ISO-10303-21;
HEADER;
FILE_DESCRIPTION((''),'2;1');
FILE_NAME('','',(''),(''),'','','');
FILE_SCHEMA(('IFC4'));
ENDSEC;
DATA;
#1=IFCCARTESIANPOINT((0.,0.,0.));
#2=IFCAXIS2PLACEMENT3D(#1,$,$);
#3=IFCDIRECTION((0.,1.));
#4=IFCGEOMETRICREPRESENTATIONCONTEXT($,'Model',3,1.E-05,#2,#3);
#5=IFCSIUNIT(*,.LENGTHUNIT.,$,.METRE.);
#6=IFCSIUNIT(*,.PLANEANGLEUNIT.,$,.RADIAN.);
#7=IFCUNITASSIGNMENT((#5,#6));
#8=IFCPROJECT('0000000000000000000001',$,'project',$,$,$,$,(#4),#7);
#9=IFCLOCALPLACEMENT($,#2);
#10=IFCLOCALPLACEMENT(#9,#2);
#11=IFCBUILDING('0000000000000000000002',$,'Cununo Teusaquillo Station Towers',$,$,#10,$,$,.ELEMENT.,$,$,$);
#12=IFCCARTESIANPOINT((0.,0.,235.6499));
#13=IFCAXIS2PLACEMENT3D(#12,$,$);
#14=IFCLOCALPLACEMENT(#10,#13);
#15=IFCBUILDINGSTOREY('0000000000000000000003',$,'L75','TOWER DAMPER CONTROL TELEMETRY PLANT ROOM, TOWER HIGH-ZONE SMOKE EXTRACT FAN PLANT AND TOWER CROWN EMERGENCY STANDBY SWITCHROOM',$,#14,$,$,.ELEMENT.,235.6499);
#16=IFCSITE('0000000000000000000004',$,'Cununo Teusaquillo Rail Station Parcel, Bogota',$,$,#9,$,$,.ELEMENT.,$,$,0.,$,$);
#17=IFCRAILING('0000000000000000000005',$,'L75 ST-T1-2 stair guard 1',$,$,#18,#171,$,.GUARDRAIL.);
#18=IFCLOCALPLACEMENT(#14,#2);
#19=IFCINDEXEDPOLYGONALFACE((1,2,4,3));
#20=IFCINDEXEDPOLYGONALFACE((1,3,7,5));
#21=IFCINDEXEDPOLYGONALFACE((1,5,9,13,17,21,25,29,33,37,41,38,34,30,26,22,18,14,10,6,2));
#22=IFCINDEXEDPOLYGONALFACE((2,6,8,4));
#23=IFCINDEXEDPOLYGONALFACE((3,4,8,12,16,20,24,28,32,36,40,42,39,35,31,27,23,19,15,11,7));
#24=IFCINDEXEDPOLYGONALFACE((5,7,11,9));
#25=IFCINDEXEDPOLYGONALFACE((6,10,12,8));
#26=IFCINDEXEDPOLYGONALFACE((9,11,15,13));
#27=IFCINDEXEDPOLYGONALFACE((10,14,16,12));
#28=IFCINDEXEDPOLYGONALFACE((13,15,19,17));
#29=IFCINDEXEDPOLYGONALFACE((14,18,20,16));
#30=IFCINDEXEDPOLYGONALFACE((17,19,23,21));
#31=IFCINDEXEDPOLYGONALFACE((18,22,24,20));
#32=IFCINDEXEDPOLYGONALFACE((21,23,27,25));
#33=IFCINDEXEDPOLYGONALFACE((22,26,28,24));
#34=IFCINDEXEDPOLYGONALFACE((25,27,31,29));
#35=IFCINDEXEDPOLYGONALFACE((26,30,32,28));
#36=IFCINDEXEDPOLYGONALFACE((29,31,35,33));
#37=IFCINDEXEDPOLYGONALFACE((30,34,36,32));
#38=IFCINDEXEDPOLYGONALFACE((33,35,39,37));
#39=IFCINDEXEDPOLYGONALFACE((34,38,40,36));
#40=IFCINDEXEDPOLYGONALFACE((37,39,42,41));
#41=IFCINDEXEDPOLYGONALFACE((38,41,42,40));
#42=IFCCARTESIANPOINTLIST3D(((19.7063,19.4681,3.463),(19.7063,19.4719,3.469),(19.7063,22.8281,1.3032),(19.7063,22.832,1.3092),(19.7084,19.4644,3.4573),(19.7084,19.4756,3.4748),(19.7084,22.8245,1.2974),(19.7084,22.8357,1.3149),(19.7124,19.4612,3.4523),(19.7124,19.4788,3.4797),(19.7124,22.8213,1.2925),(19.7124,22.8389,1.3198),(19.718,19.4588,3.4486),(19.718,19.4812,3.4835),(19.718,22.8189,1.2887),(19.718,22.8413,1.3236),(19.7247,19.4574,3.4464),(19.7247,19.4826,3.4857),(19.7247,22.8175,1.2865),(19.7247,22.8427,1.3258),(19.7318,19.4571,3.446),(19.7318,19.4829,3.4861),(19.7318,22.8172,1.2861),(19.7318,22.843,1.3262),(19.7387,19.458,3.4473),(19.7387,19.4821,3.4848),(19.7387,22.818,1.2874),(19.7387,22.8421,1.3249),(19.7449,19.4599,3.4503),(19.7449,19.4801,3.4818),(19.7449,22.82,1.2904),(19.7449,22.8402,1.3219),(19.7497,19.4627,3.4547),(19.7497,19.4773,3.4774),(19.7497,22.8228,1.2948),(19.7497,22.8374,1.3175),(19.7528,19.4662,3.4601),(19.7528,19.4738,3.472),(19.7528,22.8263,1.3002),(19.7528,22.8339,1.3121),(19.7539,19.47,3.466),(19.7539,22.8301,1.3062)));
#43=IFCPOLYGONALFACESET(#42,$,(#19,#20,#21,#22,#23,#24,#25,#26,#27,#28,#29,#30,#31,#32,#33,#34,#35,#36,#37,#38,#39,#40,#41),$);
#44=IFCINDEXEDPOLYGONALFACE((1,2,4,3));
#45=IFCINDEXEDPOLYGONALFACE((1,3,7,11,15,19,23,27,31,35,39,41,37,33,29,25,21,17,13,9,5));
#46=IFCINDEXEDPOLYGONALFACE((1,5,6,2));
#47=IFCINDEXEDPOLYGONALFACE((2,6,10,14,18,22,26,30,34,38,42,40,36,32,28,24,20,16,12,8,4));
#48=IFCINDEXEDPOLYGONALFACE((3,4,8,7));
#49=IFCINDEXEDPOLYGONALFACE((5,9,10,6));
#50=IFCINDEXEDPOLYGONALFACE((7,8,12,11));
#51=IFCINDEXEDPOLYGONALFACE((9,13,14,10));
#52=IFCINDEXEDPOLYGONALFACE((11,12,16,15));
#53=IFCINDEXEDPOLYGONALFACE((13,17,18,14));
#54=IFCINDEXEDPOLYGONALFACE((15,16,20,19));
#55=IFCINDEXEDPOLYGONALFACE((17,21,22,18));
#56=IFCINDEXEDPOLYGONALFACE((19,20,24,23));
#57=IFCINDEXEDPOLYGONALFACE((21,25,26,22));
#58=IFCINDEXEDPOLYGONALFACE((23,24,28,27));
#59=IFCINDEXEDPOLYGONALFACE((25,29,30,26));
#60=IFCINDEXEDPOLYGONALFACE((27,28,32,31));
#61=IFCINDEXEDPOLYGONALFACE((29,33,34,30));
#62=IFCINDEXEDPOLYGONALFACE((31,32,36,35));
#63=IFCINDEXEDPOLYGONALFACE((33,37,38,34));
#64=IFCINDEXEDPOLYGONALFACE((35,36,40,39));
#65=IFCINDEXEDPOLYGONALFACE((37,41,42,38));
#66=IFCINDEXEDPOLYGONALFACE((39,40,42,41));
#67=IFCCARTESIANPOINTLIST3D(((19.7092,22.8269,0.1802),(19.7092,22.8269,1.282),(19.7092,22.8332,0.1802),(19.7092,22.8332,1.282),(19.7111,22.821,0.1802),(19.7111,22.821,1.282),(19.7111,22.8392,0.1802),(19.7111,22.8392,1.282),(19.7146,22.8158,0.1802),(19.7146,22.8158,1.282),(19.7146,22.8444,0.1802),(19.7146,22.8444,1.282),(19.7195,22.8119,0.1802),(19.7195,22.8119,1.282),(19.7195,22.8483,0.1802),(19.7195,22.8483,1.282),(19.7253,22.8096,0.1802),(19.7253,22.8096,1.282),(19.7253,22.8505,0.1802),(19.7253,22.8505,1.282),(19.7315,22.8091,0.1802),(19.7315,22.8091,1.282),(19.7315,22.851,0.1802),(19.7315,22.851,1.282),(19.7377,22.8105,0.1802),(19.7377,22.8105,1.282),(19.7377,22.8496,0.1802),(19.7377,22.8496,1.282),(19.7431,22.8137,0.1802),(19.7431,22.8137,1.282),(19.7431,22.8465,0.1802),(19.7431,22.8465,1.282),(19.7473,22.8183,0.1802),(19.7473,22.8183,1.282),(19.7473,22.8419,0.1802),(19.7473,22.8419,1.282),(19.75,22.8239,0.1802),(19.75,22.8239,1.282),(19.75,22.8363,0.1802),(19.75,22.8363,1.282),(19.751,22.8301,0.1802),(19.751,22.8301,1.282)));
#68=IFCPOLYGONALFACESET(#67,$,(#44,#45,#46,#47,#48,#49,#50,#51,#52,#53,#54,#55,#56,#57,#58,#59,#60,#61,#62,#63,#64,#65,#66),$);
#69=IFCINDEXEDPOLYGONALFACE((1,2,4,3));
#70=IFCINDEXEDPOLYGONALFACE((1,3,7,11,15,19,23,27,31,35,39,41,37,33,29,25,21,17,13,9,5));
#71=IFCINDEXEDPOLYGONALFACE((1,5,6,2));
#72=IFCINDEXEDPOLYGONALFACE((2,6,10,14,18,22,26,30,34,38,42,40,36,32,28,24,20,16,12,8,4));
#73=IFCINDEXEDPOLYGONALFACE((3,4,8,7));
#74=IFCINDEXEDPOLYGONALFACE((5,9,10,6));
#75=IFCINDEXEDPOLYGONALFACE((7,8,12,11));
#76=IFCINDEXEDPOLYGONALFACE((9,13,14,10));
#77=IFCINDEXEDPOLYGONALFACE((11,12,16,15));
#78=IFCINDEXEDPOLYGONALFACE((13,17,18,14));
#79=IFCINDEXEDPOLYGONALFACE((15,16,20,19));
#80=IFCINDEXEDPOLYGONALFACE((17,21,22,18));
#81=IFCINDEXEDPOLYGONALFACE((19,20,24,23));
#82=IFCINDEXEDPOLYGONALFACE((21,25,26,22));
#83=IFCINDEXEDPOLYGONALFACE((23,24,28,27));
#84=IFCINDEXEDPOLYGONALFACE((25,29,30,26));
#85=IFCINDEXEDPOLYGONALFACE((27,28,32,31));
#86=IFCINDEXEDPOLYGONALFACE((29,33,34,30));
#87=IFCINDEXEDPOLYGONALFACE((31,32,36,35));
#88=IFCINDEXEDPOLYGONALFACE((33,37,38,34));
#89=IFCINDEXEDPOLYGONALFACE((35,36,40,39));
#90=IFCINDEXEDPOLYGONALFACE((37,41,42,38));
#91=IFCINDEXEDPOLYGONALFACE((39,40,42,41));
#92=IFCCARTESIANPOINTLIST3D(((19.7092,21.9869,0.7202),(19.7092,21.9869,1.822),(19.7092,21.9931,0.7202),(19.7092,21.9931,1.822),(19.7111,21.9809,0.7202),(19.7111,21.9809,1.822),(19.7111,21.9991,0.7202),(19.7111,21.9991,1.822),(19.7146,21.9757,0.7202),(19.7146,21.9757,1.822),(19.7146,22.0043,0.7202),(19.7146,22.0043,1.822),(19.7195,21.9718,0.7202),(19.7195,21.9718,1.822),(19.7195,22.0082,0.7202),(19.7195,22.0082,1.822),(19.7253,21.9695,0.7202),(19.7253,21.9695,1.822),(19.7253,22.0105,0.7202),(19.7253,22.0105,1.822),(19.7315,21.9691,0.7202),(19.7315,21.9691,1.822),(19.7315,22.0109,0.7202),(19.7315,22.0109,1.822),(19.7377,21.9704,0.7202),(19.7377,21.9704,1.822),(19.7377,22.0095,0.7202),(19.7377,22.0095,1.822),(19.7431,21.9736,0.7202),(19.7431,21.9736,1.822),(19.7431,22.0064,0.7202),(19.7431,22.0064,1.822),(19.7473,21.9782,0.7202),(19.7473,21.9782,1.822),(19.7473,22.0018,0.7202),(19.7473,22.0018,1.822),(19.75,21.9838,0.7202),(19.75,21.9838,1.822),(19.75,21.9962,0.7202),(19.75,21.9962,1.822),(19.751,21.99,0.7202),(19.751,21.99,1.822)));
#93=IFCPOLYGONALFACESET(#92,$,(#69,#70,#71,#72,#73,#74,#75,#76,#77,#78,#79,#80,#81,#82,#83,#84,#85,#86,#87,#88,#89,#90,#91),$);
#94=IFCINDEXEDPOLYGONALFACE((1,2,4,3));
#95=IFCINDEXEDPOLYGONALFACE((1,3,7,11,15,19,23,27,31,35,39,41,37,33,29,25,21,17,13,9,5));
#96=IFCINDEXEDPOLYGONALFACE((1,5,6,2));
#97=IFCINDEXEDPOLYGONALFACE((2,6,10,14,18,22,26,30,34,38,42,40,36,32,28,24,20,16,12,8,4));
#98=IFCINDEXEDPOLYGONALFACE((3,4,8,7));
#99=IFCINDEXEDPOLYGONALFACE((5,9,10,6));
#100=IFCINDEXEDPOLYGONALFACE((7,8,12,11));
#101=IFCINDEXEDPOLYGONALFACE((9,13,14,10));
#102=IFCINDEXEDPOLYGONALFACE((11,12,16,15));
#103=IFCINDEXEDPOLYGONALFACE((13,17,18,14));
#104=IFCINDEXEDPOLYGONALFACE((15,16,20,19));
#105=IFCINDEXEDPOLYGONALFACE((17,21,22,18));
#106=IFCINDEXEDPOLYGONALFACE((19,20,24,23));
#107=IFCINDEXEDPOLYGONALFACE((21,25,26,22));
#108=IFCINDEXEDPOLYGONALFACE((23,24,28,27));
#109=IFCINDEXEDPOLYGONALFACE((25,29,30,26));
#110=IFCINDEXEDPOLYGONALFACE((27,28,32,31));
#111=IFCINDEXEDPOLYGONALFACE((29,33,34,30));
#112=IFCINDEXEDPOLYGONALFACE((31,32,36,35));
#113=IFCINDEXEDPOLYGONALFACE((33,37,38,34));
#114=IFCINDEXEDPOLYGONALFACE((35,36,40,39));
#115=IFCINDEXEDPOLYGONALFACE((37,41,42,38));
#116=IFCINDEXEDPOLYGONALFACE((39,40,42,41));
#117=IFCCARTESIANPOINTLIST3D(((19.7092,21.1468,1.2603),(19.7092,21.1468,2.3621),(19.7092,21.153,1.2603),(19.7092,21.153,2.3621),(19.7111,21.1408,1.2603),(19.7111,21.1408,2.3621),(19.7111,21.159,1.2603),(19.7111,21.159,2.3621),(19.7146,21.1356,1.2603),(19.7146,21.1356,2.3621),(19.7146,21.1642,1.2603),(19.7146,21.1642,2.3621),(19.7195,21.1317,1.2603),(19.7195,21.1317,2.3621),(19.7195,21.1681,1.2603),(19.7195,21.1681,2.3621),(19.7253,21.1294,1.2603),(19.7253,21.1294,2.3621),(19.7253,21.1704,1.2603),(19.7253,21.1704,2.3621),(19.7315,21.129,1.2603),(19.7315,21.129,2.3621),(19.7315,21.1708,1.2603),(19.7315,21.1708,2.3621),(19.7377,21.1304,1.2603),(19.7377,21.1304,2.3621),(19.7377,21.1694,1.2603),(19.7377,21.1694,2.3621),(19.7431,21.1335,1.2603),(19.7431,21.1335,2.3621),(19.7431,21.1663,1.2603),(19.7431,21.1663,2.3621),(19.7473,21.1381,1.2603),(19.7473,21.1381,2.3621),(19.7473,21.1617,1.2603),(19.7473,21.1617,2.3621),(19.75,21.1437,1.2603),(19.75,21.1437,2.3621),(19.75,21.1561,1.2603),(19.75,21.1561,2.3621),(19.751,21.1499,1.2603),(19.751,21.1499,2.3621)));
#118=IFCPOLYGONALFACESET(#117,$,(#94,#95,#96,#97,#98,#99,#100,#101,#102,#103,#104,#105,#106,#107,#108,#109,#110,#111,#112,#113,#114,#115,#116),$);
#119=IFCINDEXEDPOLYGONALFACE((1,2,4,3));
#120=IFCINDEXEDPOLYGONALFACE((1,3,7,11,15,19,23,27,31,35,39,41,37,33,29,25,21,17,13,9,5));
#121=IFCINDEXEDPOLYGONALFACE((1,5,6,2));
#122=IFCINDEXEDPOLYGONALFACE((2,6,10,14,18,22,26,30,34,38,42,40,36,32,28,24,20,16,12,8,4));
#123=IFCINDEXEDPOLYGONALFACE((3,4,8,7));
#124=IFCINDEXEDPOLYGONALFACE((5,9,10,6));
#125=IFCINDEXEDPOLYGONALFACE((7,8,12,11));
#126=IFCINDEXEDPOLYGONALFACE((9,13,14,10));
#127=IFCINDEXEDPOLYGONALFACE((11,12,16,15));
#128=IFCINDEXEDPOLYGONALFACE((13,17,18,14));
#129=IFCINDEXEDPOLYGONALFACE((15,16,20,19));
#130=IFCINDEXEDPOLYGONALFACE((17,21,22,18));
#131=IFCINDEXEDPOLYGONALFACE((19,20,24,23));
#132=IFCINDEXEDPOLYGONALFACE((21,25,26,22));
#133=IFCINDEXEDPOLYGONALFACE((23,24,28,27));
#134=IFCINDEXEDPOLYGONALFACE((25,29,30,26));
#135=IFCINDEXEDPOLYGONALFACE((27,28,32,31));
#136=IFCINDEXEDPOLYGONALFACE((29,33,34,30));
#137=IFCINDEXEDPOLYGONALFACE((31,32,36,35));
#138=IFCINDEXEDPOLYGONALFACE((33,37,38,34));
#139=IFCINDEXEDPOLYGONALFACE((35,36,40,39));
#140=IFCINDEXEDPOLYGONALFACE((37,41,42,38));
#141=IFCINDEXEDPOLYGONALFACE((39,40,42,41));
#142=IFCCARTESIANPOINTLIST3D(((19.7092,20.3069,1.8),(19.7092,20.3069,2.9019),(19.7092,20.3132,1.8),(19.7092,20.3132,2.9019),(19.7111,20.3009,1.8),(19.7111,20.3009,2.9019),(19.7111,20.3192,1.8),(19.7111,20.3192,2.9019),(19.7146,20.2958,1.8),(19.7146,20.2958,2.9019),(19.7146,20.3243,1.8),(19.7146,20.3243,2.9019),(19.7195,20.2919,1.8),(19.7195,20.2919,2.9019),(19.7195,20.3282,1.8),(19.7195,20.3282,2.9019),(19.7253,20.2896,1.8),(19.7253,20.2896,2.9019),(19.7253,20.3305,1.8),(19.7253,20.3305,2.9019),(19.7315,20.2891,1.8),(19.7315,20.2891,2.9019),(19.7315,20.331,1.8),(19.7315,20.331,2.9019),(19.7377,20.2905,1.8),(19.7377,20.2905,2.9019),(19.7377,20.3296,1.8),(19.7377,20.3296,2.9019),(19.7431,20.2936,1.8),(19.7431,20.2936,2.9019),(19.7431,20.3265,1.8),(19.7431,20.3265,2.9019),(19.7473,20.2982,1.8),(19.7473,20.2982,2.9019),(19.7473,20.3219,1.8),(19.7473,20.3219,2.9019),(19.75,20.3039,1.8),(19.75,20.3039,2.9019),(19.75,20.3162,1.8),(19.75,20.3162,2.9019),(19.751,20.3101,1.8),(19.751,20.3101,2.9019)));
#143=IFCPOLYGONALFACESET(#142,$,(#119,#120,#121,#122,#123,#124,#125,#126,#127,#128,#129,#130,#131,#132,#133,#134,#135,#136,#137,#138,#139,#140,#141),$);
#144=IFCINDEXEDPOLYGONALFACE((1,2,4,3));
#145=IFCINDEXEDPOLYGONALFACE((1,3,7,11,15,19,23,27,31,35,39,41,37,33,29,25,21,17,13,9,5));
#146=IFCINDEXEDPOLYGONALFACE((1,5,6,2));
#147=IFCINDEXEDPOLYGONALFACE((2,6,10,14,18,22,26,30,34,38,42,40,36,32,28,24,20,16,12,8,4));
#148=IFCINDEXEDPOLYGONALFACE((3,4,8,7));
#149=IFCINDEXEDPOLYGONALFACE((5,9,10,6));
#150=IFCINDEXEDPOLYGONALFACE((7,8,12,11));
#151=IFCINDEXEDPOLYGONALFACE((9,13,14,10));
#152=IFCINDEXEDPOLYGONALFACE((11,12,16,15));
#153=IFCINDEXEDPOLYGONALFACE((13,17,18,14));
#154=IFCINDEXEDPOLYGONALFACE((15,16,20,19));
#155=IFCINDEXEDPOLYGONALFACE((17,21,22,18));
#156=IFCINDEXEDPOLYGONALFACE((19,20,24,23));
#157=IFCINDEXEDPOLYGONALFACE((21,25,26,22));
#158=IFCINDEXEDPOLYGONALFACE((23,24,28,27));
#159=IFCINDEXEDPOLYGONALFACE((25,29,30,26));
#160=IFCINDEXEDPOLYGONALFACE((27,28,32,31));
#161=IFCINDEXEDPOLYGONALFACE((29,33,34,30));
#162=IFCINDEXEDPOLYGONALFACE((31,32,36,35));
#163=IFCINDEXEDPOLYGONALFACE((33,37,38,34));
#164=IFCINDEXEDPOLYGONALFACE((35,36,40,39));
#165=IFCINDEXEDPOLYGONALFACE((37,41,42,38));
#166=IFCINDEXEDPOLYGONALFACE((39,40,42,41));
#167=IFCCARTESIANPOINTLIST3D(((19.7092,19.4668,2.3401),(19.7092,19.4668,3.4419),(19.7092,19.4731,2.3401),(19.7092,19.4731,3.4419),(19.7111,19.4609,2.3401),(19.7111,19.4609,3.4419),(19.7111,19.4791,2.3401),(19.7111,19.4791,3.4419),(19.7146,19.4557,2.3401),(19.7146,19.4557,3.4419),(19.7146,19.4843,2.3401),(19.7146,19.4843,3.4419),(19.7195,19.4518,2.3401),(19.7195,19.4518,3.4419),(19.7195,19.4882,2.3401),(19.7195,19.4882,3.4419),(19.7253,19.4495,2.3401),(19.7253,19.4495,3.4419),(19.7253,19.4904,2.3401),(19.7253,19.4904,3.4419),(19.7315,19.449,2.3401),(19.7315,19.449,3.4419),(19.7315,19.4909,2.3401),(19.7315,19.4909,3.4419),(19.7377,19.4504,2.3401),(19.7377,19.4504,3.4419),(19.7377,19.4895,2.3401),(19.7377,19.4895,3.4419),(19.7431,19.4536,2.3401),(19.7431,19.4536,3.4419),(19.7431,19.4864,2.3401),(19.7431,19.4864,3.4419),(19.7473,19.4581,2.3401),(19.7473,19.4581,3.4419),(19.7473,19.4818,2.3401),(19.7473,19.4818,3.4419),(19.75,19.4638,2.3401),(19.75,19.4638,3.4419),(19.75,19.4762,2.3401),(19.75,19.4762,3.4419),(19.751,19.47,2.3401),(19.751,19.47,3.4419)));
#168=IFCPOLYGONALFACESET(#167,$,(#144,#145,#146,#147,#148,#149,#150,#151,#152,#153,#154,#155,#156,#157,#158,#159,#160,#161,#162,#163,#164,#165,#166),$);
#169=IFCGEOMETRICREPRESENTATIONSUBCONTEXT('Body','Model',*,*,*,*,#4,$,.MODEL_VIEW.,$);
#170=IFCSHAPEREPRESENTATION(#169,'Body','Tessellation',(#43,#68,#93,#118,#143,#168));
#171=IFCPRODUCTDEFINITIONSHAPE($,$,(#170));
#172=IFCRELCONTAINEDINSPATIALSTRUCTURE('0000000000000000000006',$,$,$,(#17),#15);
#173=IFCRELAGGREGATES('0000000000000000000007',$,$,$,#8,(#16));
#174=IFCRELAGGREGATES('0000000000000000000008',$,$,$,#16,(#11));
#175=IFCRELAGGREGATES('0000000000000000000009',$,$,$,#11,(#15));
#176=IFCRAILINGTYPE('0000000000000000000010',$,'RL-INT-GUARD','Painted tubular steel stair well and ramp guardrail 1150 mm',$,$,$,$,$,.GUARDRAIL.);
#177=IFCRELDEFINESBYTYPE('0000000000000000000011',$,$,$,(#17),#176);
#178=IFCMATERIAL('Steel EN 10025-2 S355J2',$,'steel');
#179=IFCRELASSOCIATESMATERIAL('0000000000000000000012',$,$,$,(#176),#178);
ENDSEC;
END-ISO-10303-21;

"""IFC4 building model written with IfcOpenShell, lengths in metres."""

from ifc_helpers import new_model, si_unit, direction, frame, origin, origin_2d, place, context, subcontext, project, spatial, circle, extrude, material, type_object, element, save


model = new_model("IFC4")

# Units and contexts
model_context = context("Model", 3, precision=1e-05, world=origin(), true_north=direction((0.0, 1.0)))
body_context = subcontext(model_context, "Body", "Model", "MODEL_VIEW")
ifc_project = project(units=[si_unit("LENGTHUNIT", "METRE"), si_unit("PLANEANGLEUNIT", "RADIAN")], contexts=[model_context])

# Site, building, storey
site_placement = place(None, origin())
site = spatial("IfcSite", under=ifc_project, at=site_placement, Name="Cununo Teusaquillo Rail Station Parcel, Bogota", CompositionType="ELEMENT", RefElevation=0.0)
building_placement = place(site_placement, origin())
building = spatial("IfcBuilding", under=site, at=building_placement, Name="Cununo Teusaquillo Station Towers", CompositionType="ELEMENT")
storey_placement = place(building_placement, frame((0.0, 0.0, 235.6499)))
storey = spatial("IfcBuildingStorey", under=building, at=storey_placement, Name="L75", Description="TOWER DAMPER CONTROL TELEMETRY PLANT ROOM, TOWER HIGH-ZONE SMOKE EXTRACT FAN PLANT AND TOWER CROWN EMERGENCY STANDBY SWITCHROOM", CompositionType="ELEMENT", Elevation=235.6499)

# Railing
ifc_material_1 = material(Name="Steel EN 10025-2 S355J2", Category="steel")
railing_type_1 = type_object("IfcRailingType", Name="RL-INT-GUARD", Description="Painted tubular steel stair well and ramp guardrail 1150 mm", PredefinedType="GUARDRAIL", material=ifc_material_1)
railing_1_placement = place(storey_placement, frame((19.73, 22.8301, 0.1802)))
element("IfcRailing", 1, at=railing_1_placement, inside=storey, type_object=railing_type_1, Name="L75 ST-T1-2 stair guard 1", PredefinedType="GUARDRAIL", context=body_context, shape_type="SweptSolid", body=[
    extrude(circle(Radius=0.0239, at=origin_2d()), frame((0.0, 0.0, 1.126), z_axis=(0.0, -0.841196, 0.54073), x_axis=(1.0, 0.0, 0.0)), (0.0, 0.0, 1.0), 3.9944),
    extrude(circle(Radius=0.021, at=origin_2d()), origin(), (0.0, 0.0, 1.0), 1.1018),
    extrude(circle(Radius=0.021, at=origin_2d()), frame((0.0, -0.8401, 0.54)), (0.0, 0.0, 1.0), 1.1018),
    extrude(circle(Radius=0.021, at=origin_2d()), frame((0.0, -1.6802, 1.0801)), (0.0, 0.0, 1.0), 1.1018),
    extrude(circle(Radius=0.021, at=origin_2d()), frame((0.0, -2.52, 1.6199)), (0.0, 0.0, 1.0), 1.1018),
    extrude(circle(Radius=0.021, at=origin_2d()), frame((0.0, -3.3601, 2.1599)), (0.0, 0.0, 1.0), 1.1018),
])

save(model, "model.ifc")
